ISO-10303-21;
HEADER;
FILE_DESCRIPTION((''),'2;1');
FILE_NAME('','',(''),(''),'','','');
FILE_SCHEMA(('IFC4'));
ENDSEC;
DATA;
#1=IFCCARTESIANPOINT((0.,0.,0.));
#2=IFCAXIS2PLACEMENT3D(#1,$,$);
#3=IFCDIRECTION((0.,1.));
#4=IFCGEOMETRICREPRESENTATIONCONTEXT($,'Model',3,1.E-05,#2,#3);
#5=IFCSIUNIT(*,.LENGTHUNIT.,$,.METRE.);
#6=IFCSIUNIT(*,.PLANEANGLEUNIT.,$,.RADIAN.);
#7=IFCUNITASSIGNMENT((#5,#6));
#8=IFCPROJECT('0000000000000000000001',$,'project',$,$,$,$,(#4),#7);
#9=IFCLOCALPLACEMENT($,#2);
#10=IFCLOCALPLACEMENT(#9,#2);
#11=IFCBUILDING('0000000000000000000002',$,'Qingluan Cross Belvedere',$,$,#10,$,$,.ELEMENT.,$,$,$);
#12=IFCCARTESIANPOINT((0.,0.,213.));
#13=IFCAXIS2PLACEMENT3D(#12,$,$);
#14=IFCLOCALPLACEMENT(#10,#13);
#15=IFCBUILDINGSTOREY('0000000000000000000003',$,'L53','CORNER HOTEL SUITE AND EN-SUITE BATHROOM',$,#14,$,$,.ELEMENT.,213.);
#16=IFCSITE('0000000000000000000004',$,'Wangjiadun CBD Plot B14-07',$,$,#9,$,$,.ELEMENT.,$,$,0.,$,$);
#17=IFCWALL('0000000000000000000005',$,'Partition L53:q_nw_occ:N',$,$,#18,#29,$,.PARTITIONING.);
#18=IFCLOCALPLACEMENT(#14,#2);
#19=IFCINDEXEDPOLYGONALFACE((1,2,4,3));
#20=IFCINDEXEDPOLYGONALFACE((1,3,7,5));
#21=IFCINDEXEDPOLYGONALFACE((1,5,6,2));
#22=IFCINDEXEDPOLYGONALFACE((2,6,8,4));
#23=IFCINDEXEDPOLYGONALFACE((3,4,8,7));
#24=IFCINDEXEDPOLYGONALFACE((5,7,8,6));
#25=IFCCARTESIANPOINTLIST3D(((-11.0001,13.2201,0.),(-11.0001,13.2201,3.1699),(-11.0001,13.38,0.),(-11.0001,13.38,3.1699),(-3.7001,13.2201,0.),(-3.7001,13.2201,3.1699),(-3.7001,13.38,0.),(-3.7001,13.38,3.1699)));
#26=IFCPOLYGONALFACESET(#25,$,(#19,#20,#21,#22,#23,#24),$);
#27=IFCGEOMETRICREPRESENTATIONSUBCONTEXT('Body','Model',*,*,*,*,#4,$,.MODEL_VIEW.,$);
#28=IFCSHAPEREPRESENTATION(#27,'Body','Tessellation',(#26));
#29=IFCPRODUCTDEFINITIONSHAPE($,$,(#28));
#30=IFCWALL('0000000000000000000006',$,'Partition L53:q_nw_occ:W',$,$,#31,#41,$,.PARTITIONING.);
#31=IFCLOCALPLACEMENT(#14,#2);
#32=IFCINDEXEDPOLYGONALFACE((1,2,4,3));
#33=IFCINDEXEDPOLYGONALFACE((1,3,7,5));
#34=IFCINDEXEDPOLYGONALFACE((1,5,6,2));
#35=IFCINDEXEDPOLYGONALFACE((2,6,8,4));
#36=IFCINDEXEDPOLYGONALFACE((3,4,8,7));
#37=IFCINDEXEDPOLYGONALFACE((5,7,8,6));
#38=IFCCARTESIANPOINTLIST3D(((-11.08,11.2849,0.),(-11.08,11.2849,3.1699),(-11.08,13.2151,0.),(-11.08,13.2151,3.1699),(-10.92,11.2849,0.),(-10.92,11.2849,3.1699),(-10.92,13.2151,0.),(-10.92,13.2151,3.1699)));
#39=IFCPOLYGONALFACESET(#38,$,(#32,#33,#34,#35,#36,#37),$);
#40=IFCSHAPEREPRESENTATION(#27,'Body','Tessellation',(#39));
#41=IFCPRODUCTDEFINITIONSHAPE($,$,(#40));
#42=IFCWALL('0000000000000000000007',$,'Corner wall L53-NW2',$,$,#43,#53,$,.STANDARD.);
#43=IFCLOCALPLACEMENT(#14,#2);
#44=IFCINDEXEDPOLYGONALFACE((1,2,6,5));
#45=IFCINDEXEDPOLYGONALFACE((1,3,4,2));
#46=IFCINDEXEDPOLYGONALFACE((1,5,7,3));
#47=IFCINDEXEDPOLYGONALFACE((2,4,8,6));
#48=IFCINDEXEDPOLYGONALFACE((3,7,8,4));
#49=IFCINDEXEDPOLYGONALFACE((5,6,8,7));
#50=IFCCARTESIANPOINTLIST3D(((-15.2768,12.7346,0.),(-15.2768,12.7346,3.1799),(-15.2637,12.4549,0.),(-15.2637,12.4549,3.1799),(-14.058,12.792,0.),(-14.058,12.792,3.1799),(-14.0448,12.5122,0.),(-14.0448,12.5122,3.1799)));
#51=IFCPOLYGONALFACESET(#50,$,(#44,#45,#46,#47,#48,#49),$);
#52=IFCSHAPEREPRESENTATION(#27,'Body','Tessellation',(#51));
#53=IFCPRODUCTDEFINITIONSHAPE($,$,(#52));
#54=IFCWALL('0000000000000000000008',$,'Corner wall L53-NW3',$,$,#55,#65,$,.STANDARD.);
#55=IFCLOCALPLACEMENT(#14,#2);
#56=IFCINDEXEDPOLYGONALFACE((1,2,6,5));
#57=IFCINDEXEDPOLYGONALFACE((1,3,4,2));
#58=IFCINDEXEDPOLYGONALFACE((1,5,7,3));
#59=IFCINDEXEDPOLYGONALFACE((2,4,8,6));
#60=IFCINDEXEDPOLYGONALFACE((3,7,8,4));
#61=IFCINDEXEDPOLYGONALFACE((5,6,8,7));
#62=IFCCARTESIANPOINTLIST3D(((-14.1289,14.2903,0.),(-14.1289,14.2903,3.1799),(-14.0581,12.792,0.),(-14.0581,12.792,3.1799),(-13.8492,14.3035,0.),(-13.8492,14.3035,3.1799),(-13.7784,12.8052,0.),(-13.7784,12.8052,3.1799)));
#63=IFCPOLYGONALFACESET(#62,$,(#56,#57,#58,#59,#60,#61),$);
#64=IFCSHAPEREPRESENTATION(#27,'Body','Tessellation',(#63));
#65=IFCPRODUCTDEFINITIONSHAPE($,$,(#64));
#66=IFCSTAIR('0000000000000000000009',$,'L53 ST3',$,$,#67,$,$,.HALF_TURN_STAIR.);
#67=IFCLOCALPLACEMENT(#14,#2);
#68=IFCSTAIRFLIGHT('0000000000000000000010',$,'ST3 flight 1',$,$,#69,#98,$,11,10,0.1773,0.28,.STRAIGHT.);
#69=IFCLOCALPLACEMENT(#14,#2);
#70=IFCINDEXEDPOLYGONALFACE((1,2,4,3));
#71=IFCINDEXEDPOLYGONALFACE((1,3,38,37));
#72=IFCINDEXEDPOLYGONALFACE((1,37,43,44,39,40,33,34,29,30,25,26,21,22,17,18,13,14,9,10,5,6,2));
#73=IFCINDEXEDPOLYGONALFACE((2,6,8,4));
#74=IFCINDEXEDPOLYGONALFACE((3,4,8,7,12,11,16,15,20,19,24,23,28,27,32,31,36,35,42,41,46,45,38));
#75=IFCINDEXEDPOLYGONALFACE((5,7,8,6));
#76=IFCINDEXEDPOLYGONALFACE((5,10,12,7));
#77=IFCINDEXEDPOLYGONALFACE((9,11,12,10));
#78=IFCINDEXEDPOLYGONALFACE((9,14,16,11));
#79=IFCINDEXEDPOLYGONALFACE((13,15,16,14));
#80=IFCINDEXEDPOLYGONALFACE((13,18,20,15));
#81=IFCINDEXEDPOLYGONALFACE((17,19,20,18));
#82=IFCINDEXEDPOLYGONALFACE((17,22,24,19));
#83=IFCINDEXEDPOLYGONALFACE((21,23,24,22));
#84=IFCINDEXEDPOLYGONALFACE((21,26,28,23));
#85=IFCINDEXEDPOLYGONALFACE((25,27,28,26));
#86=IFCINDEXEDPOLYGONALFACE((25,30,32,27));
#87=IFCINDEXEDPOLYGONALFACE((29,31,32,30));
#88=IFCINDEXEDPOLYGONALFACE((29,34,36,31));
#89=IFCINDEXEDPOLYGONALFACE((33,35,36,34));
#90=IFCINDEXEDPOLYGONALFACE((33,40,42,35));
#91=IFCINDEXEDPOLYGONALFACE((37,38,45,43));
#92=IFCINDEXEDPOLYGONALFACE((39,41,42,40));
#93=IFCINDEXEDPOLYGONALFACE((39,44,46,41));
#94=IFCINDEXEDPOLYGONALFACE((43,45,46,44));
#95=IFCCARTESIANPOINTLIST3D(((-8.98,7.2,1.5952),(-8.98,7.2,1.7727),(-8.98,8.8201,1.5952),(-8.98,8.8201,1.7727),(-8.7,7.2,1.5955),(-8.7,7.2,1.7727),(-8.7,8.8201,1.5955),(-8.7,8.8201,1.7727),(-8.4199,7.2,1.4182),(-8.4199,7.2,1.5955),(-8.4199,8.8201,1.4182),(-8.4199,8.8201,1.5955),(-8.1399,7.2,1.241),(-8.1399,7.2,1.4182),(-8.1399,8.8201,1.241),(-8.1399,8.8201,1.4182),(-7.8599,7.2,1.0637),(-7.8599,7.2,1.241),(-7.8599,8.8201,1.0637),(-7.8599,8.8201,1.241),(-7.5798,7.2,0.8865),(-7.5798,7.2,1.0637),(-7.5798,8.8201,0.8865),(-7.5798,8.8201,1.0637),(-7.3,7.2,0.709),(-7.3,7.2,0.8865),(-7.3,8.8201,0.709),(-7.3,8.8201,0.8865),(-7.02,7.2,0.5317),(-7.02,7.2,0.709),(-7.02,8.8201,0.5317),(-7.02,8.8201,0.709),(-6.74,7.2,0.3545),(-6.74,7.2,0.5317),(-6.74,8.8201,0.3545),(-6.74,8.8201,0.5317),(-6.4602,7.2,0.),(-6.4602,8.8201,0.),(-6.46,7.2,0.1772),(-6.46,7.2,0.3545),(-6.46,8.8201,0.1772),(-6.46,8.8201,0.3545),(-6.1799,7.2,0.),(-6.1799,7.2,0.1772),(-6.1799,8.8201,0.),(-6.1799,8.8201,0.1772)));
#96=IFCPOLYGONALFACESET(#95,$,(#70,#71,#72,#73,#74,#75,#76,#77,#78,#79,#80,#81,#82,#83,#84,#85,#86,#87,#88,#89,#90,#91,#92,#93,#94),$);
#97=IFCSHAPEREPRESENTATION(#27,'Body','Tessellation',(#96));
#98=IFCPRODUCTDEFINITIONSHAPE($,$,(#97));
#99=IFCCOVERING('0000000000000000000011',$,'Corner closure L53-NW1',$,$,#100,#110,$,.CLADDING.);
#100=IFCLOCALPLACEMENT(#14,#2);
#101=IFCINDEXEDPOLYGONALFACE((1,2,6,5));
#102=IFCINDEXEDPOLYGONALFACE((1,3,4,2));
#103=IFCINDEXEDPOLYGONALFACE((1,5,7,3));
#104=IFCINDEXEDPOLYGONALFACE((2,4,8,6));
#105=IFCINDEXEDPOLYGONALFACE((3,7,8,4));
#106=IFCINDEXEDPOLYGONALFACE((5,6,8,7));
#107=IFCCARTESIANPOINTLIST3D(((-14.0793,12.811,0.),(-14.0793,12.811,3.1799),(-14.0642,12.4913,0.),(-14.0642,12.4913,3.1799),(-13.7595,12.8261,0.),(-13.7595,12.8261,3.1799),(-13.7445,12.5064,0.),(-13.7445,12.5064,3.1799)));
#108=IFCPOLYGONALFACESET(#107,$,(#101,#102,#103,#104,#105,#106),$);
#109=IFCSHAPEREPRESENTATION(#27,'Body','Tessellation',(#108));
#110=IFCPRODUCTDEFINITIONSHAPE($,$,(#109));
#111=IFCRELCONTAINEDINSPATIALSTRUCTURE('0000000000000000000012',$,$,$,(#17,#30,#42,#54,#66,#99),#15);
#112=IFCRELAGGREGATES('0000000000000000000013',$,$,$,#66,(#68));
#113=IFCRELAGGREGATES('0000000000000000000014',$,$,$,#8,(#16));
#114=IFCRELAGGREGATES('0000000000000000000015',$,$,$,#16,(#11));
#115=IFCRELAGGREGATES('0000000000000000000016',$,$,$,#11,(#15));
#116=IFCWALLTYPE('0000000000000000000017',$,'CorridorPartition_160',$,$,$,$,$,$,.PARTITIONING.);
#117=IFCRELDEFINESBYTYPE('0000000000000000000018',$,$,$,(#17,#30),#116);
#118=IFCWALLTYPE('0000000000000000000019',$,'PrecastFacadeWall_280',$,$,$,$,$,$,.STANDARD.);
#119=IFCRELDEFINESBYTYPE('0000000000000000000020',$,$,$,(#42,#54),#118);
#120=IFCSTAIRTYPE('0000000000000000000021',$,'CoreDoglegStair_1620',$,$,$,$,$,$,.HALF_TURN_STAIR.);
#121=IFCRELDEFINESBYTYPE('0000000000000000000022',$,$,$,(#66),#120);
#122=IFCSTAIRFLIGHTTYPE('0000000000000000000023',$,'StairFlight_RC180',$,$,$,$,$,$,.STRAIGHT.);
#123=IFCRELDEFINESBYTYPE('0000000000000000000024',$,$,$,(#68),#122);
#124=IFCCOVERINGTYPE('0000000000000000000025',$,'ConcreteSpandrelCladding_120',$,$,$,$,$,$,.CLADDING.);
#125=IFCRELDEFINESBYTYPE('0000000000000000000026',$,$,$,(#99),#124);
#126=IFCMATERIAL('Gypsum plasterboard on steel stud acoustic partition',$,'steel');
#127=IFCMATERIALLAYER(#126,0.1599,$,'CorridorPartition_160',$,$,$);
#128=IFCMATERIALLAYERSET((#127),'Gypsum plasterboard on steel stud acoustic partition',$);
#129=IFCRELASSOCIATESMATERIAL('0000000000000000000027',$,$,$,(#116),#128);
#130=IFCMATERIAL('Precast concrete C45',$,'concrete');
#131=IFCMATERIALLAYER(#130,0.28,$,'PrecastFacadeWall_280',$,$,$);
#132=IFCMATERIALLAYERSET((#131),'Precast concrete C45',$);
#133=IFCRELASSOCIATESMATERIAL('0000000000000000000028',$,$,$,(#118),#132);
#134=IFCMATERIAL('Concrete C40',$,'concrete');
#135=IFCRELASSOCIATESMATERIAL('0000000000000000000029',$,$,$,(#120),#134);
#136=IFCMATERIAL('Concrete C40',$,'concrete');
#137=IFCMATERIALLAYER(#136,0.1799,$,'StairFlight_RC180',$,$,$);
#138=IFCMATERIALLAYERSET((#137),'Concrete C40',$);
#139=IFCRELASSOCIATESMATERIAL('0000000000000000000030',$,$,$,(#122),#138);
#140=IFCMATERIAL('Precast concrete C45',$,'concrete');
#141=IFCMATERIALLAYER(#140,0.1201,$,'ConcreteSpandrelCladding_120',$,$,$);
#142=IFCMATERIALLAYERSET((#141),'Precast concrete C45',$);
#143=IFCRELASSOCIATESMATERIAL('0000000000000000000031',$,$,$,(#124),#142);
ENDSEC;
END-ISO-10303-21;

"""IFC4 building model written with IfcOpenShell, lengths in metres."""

from ifc_helpers import new_model, si_unit, direction, frame, frame_2d, origin, origin_2d, place, context, subcontext, project, spatial, polyline, rectangle, outline, extrude, material, layer, layer_set, type_object, element, aggregate, save


model = new_model("IFC4")

# Units and contexts
model_context = context("Model", 3, precision=1e-05, world=origin(), true_north=direction((0.0, 1.0)))
body_context = subcontext(model_context, "Body", "Model", "MODEL_VIEW")
ifc_project = project(units=[si_unit("LENGTHUNIT", "METRE"), si_unit("PLANEANGLEUNIT", "RADIAN")], contexts=[model_context])

# Site, building, storey
site_placement = place(None, origin())
site = spatial("IfcSite", under=ifc_project, at=site_placement, Name="Wangjiadun CBD Plot B14-07", CompositionType="ELEMENT", RefElevation=0.0)
building_placement = place(site_placement, origin())
building = spatial("IfcBuilding", under=site, at=building_placement, Name="Qingluan Cross Belvedere", CompositionType="ELEMENT")
storey_placement = place(building_placement, frame((0.0, 0.0, 213.0)))
storey = spatial("IfcBuildingStorey", under=building, at=storey_placement, Name="L53", Description="CORNER HOTEL SUITE AND EN-SUITE BATHROOM", CompositionType="ELEMENT", Elevation=213.0)

# Shared definitions
ifc_material_1 = material(Name="Gypsum plasterboard on steel stud acoustic partition", Category="steel")
ifc_layer_1 = layer(ifc_material_1, 0.1599, Name="CorridorPartition_160")
ifc_layer_set_1 = layer_set([ifc_layer_1], Name="Gypsum plasterboard on steel stud acoustic partition")
wall_type_1 = type_object("IfcWallType", Name="CorridorPartition_160", PredefinedType="PARTITIONING", material=ifc_layer_set_1)

# Walls
wall_1_placement = place(storey_placement, frame((-11.0, 13.3, 0.0), z_axis=(0.0, 0.0, 1.0), x_axis=(1.0, 0.0, 0.0)))
element("IfcWall", 1, at=wall_1_placement, inside=storey, type_object=wall_type_1, Name="Partition L53:q_nw_occ:N", PredefinedType="PARTITIONING", context=body_context, shape_type="SweptSolid", body=[
    extrude(rectangle(XDim=7.3, YDim=0.1599, at=frame_2d((3.6499, 0.0))), origin(), (0.0, 0.0, 1.0), 3.1699),
])
wall_2_placement = place(storey_placement, frame((-11.0, 11.2849, 0.0), z_axis=(0.0, 0.0, 1.0), x_axis=(0.0, 1.0, 0.0)))
element("IfcWall", 2, at=wall_2_placement, inside=storey, type_object=wall_type_1, Name="Partition L53:q_nw_occ:W", PredefinedType="PARTITIONING", context=body_context, shape_type="SweptSolid", body=[
    extrude(rectangle(XDim=1.9302, YDim=0.1599, at=frame_2d((0.9651, 0.0))), origin(), (0.0, 0.0, 1.0), 3.1699),
])
ifc_material_2 = material(Name="Precast concrete C45", Category="concrete")
ifc_layer_2 = layer(ifc_material_2, 0.28, Name="PrecastFacadeWall_280")
ifc_layer_set_2 = layer_set([ifc_layer_2], Name="Precast concrete C45")
wall_type_2 = type_object("IfcWallType", Name="PrecastFacadeWall_280", PredefinedType="STANDARD", material=ifc_layer_set_2)
wall_3_placement = place(storey_placement, frame((-15.2703, 12.5947, 0.0), z_axis=(0.0, 0.0, 1.0), x_axis=(0.998894, 0.047023, 0.0)))
element("IfcWall", 3, at=wall_3_placement, inside=storey, type_object=wall_type_2, Name="Corner wall L53-NW2", PredefinedType="STANDARD", context=body_context, shape_type="SweptSolid", body=[
    extrude(rectangle(XDim=1.2202, YDim=0.28, at=frame_2d((0.6101, 0.0))), origin(), (0.0, 0.0, 1.0), 3.1799),
])
wall_4_placement = place(storey_placement, frame((-13.9182, 12.7986, 0.0), z_axis=(0.0, 0.0, 1.0), x_axis=(-0.047202, 0.998885, 0.0)))
element("IfcWall", 4, at=wall_4_placement, inside=storey, type_object=wall_type_2, Name="Corner wall L53-NW3", PredefinedType="STANDARD", context=body_context, shape_type="SweptSolid", body=[
    extrude(rectangle(XDim=1.5, YDim=0.28, at=frame_2d((0.75, 0.0))), origin(), (0.0, 0.0, 1.0), 3.1799),
])

# Stair, stair flight
ifc_material_3 = material(Name="Concrete C40", Category="concrete")
stair_type = type_object("IfcStairType", Name="CoreDoglegStair_1620", PredefinedType="HALF_TURN_STAIR", material=ifc_material_3)
stair_placement = place(storey_placement, origin())
stair = element("IfcStair", 5, at=stair_placement, inside=storey, type_object=stair_type, Name="L53 ST3", PredefinedType="HALF_TURN_STAIR")
ifc_material_4 = material(Name="Concrete C40", Category="concrete")
ifc_layer_3 = layer(ifc_material_4, 0.1799, Name="StairFlight_RC180")
ifc_layer_set_3 = layer_set([ifc_layer_3], Name="Concrete C40")
stair_flight_type = type_object("IfcStairFlightType", Name="StairFlight_RC180", PredefinedType="STRAIGHT", material=ifc_layer_set_3)
stair_flight_placement = place(storey_placement, frame((-6.1799, 8.01, 0.0), z_axis=(0.0, 0.0, 1.0), x_axis=(-1.0, 0.0, 0.0)))
stair_flight = element("IfcStairFlight", 6, at=stair_flight_placement, type_object=stair_flight_type, Name="ST3 flight 1", NumberOfRisers=11, NumberOfTreads=10, PredefinedType="STRAIGHT", RiserHeight=0.1773, TreadLength=0.28, context=body_context, shape_type="SweptSolid", body=[
    extrude(outline(polyline([(0.0, 0.0), (0.0, 0.1772), (0.28, 0.1772), (0.28, 0.3545), (0.5601, 0.3545), (0.5601, 0.5317), (0.8401, 0.5317), (0.8401, 0.709), (1.1201, 0.709), (1.1201, 0.8865), (1.3999, 0.8865), (1.3999, 1.0637), (1.6799, 1.0637), (1.6799, 1.241), (1.96, 1.241), (1.96, 1.4182), (2.24, 1.4182), (2.24, 1.5955), (2.52, 1.5955), (2.52, 1.7727), (2.8, 1.7727), (2.8, 1.95), (2.8, 1.5952), (0.2803, 0.0), (0.0, 0.0)])), frame((0.0, 0.8101, 0.0), z_axis=(0.0, -1.0, 0.0), x_axis=(1.0, 0.0, 0.0)), (0.0, 0.0, 1.0), 1.6201),
])
aggregate(stair, [stair_flight])

# Covering
ifc_material_5 = material(Name="Precast concrete C45", Category="concrete")
ifc_layer_4 = layer(ifc_material_5, 0.1201, Name="ConcreteSpandrelCladding_120")
ifc_layer_set_4 = layer_set([ifc_layer_4], Name="Precast concrete C45")
covering_type = type_object("IfcCoveringType", Name="ConcreteSpandrelCladding_120", PredefinedType="CLADDING", material=ifc_layer_set_4)
covering_placement = place(storey_placement, frame((-13.9119, 12.6587, 0.0), z_axis=(0.0, 0.0, 1.0), x_axis=(0.99889, 0.047106, 0.0)))
element("IfcCovering", 7, at=covering_placement, inside=storey, type_object=covering_type, Name="Corner closure L53-NW1", PredefinedType="CLADDING", context=body_context, shape_type="SweptSolid", body=[
    extrude(rectangle(XDim=0.3201, YDim=0.3201, at=origin_2d()), origin(), (0.0, 0.0, 1.0), 3.1799),
])

save(model, "model.ifc")
